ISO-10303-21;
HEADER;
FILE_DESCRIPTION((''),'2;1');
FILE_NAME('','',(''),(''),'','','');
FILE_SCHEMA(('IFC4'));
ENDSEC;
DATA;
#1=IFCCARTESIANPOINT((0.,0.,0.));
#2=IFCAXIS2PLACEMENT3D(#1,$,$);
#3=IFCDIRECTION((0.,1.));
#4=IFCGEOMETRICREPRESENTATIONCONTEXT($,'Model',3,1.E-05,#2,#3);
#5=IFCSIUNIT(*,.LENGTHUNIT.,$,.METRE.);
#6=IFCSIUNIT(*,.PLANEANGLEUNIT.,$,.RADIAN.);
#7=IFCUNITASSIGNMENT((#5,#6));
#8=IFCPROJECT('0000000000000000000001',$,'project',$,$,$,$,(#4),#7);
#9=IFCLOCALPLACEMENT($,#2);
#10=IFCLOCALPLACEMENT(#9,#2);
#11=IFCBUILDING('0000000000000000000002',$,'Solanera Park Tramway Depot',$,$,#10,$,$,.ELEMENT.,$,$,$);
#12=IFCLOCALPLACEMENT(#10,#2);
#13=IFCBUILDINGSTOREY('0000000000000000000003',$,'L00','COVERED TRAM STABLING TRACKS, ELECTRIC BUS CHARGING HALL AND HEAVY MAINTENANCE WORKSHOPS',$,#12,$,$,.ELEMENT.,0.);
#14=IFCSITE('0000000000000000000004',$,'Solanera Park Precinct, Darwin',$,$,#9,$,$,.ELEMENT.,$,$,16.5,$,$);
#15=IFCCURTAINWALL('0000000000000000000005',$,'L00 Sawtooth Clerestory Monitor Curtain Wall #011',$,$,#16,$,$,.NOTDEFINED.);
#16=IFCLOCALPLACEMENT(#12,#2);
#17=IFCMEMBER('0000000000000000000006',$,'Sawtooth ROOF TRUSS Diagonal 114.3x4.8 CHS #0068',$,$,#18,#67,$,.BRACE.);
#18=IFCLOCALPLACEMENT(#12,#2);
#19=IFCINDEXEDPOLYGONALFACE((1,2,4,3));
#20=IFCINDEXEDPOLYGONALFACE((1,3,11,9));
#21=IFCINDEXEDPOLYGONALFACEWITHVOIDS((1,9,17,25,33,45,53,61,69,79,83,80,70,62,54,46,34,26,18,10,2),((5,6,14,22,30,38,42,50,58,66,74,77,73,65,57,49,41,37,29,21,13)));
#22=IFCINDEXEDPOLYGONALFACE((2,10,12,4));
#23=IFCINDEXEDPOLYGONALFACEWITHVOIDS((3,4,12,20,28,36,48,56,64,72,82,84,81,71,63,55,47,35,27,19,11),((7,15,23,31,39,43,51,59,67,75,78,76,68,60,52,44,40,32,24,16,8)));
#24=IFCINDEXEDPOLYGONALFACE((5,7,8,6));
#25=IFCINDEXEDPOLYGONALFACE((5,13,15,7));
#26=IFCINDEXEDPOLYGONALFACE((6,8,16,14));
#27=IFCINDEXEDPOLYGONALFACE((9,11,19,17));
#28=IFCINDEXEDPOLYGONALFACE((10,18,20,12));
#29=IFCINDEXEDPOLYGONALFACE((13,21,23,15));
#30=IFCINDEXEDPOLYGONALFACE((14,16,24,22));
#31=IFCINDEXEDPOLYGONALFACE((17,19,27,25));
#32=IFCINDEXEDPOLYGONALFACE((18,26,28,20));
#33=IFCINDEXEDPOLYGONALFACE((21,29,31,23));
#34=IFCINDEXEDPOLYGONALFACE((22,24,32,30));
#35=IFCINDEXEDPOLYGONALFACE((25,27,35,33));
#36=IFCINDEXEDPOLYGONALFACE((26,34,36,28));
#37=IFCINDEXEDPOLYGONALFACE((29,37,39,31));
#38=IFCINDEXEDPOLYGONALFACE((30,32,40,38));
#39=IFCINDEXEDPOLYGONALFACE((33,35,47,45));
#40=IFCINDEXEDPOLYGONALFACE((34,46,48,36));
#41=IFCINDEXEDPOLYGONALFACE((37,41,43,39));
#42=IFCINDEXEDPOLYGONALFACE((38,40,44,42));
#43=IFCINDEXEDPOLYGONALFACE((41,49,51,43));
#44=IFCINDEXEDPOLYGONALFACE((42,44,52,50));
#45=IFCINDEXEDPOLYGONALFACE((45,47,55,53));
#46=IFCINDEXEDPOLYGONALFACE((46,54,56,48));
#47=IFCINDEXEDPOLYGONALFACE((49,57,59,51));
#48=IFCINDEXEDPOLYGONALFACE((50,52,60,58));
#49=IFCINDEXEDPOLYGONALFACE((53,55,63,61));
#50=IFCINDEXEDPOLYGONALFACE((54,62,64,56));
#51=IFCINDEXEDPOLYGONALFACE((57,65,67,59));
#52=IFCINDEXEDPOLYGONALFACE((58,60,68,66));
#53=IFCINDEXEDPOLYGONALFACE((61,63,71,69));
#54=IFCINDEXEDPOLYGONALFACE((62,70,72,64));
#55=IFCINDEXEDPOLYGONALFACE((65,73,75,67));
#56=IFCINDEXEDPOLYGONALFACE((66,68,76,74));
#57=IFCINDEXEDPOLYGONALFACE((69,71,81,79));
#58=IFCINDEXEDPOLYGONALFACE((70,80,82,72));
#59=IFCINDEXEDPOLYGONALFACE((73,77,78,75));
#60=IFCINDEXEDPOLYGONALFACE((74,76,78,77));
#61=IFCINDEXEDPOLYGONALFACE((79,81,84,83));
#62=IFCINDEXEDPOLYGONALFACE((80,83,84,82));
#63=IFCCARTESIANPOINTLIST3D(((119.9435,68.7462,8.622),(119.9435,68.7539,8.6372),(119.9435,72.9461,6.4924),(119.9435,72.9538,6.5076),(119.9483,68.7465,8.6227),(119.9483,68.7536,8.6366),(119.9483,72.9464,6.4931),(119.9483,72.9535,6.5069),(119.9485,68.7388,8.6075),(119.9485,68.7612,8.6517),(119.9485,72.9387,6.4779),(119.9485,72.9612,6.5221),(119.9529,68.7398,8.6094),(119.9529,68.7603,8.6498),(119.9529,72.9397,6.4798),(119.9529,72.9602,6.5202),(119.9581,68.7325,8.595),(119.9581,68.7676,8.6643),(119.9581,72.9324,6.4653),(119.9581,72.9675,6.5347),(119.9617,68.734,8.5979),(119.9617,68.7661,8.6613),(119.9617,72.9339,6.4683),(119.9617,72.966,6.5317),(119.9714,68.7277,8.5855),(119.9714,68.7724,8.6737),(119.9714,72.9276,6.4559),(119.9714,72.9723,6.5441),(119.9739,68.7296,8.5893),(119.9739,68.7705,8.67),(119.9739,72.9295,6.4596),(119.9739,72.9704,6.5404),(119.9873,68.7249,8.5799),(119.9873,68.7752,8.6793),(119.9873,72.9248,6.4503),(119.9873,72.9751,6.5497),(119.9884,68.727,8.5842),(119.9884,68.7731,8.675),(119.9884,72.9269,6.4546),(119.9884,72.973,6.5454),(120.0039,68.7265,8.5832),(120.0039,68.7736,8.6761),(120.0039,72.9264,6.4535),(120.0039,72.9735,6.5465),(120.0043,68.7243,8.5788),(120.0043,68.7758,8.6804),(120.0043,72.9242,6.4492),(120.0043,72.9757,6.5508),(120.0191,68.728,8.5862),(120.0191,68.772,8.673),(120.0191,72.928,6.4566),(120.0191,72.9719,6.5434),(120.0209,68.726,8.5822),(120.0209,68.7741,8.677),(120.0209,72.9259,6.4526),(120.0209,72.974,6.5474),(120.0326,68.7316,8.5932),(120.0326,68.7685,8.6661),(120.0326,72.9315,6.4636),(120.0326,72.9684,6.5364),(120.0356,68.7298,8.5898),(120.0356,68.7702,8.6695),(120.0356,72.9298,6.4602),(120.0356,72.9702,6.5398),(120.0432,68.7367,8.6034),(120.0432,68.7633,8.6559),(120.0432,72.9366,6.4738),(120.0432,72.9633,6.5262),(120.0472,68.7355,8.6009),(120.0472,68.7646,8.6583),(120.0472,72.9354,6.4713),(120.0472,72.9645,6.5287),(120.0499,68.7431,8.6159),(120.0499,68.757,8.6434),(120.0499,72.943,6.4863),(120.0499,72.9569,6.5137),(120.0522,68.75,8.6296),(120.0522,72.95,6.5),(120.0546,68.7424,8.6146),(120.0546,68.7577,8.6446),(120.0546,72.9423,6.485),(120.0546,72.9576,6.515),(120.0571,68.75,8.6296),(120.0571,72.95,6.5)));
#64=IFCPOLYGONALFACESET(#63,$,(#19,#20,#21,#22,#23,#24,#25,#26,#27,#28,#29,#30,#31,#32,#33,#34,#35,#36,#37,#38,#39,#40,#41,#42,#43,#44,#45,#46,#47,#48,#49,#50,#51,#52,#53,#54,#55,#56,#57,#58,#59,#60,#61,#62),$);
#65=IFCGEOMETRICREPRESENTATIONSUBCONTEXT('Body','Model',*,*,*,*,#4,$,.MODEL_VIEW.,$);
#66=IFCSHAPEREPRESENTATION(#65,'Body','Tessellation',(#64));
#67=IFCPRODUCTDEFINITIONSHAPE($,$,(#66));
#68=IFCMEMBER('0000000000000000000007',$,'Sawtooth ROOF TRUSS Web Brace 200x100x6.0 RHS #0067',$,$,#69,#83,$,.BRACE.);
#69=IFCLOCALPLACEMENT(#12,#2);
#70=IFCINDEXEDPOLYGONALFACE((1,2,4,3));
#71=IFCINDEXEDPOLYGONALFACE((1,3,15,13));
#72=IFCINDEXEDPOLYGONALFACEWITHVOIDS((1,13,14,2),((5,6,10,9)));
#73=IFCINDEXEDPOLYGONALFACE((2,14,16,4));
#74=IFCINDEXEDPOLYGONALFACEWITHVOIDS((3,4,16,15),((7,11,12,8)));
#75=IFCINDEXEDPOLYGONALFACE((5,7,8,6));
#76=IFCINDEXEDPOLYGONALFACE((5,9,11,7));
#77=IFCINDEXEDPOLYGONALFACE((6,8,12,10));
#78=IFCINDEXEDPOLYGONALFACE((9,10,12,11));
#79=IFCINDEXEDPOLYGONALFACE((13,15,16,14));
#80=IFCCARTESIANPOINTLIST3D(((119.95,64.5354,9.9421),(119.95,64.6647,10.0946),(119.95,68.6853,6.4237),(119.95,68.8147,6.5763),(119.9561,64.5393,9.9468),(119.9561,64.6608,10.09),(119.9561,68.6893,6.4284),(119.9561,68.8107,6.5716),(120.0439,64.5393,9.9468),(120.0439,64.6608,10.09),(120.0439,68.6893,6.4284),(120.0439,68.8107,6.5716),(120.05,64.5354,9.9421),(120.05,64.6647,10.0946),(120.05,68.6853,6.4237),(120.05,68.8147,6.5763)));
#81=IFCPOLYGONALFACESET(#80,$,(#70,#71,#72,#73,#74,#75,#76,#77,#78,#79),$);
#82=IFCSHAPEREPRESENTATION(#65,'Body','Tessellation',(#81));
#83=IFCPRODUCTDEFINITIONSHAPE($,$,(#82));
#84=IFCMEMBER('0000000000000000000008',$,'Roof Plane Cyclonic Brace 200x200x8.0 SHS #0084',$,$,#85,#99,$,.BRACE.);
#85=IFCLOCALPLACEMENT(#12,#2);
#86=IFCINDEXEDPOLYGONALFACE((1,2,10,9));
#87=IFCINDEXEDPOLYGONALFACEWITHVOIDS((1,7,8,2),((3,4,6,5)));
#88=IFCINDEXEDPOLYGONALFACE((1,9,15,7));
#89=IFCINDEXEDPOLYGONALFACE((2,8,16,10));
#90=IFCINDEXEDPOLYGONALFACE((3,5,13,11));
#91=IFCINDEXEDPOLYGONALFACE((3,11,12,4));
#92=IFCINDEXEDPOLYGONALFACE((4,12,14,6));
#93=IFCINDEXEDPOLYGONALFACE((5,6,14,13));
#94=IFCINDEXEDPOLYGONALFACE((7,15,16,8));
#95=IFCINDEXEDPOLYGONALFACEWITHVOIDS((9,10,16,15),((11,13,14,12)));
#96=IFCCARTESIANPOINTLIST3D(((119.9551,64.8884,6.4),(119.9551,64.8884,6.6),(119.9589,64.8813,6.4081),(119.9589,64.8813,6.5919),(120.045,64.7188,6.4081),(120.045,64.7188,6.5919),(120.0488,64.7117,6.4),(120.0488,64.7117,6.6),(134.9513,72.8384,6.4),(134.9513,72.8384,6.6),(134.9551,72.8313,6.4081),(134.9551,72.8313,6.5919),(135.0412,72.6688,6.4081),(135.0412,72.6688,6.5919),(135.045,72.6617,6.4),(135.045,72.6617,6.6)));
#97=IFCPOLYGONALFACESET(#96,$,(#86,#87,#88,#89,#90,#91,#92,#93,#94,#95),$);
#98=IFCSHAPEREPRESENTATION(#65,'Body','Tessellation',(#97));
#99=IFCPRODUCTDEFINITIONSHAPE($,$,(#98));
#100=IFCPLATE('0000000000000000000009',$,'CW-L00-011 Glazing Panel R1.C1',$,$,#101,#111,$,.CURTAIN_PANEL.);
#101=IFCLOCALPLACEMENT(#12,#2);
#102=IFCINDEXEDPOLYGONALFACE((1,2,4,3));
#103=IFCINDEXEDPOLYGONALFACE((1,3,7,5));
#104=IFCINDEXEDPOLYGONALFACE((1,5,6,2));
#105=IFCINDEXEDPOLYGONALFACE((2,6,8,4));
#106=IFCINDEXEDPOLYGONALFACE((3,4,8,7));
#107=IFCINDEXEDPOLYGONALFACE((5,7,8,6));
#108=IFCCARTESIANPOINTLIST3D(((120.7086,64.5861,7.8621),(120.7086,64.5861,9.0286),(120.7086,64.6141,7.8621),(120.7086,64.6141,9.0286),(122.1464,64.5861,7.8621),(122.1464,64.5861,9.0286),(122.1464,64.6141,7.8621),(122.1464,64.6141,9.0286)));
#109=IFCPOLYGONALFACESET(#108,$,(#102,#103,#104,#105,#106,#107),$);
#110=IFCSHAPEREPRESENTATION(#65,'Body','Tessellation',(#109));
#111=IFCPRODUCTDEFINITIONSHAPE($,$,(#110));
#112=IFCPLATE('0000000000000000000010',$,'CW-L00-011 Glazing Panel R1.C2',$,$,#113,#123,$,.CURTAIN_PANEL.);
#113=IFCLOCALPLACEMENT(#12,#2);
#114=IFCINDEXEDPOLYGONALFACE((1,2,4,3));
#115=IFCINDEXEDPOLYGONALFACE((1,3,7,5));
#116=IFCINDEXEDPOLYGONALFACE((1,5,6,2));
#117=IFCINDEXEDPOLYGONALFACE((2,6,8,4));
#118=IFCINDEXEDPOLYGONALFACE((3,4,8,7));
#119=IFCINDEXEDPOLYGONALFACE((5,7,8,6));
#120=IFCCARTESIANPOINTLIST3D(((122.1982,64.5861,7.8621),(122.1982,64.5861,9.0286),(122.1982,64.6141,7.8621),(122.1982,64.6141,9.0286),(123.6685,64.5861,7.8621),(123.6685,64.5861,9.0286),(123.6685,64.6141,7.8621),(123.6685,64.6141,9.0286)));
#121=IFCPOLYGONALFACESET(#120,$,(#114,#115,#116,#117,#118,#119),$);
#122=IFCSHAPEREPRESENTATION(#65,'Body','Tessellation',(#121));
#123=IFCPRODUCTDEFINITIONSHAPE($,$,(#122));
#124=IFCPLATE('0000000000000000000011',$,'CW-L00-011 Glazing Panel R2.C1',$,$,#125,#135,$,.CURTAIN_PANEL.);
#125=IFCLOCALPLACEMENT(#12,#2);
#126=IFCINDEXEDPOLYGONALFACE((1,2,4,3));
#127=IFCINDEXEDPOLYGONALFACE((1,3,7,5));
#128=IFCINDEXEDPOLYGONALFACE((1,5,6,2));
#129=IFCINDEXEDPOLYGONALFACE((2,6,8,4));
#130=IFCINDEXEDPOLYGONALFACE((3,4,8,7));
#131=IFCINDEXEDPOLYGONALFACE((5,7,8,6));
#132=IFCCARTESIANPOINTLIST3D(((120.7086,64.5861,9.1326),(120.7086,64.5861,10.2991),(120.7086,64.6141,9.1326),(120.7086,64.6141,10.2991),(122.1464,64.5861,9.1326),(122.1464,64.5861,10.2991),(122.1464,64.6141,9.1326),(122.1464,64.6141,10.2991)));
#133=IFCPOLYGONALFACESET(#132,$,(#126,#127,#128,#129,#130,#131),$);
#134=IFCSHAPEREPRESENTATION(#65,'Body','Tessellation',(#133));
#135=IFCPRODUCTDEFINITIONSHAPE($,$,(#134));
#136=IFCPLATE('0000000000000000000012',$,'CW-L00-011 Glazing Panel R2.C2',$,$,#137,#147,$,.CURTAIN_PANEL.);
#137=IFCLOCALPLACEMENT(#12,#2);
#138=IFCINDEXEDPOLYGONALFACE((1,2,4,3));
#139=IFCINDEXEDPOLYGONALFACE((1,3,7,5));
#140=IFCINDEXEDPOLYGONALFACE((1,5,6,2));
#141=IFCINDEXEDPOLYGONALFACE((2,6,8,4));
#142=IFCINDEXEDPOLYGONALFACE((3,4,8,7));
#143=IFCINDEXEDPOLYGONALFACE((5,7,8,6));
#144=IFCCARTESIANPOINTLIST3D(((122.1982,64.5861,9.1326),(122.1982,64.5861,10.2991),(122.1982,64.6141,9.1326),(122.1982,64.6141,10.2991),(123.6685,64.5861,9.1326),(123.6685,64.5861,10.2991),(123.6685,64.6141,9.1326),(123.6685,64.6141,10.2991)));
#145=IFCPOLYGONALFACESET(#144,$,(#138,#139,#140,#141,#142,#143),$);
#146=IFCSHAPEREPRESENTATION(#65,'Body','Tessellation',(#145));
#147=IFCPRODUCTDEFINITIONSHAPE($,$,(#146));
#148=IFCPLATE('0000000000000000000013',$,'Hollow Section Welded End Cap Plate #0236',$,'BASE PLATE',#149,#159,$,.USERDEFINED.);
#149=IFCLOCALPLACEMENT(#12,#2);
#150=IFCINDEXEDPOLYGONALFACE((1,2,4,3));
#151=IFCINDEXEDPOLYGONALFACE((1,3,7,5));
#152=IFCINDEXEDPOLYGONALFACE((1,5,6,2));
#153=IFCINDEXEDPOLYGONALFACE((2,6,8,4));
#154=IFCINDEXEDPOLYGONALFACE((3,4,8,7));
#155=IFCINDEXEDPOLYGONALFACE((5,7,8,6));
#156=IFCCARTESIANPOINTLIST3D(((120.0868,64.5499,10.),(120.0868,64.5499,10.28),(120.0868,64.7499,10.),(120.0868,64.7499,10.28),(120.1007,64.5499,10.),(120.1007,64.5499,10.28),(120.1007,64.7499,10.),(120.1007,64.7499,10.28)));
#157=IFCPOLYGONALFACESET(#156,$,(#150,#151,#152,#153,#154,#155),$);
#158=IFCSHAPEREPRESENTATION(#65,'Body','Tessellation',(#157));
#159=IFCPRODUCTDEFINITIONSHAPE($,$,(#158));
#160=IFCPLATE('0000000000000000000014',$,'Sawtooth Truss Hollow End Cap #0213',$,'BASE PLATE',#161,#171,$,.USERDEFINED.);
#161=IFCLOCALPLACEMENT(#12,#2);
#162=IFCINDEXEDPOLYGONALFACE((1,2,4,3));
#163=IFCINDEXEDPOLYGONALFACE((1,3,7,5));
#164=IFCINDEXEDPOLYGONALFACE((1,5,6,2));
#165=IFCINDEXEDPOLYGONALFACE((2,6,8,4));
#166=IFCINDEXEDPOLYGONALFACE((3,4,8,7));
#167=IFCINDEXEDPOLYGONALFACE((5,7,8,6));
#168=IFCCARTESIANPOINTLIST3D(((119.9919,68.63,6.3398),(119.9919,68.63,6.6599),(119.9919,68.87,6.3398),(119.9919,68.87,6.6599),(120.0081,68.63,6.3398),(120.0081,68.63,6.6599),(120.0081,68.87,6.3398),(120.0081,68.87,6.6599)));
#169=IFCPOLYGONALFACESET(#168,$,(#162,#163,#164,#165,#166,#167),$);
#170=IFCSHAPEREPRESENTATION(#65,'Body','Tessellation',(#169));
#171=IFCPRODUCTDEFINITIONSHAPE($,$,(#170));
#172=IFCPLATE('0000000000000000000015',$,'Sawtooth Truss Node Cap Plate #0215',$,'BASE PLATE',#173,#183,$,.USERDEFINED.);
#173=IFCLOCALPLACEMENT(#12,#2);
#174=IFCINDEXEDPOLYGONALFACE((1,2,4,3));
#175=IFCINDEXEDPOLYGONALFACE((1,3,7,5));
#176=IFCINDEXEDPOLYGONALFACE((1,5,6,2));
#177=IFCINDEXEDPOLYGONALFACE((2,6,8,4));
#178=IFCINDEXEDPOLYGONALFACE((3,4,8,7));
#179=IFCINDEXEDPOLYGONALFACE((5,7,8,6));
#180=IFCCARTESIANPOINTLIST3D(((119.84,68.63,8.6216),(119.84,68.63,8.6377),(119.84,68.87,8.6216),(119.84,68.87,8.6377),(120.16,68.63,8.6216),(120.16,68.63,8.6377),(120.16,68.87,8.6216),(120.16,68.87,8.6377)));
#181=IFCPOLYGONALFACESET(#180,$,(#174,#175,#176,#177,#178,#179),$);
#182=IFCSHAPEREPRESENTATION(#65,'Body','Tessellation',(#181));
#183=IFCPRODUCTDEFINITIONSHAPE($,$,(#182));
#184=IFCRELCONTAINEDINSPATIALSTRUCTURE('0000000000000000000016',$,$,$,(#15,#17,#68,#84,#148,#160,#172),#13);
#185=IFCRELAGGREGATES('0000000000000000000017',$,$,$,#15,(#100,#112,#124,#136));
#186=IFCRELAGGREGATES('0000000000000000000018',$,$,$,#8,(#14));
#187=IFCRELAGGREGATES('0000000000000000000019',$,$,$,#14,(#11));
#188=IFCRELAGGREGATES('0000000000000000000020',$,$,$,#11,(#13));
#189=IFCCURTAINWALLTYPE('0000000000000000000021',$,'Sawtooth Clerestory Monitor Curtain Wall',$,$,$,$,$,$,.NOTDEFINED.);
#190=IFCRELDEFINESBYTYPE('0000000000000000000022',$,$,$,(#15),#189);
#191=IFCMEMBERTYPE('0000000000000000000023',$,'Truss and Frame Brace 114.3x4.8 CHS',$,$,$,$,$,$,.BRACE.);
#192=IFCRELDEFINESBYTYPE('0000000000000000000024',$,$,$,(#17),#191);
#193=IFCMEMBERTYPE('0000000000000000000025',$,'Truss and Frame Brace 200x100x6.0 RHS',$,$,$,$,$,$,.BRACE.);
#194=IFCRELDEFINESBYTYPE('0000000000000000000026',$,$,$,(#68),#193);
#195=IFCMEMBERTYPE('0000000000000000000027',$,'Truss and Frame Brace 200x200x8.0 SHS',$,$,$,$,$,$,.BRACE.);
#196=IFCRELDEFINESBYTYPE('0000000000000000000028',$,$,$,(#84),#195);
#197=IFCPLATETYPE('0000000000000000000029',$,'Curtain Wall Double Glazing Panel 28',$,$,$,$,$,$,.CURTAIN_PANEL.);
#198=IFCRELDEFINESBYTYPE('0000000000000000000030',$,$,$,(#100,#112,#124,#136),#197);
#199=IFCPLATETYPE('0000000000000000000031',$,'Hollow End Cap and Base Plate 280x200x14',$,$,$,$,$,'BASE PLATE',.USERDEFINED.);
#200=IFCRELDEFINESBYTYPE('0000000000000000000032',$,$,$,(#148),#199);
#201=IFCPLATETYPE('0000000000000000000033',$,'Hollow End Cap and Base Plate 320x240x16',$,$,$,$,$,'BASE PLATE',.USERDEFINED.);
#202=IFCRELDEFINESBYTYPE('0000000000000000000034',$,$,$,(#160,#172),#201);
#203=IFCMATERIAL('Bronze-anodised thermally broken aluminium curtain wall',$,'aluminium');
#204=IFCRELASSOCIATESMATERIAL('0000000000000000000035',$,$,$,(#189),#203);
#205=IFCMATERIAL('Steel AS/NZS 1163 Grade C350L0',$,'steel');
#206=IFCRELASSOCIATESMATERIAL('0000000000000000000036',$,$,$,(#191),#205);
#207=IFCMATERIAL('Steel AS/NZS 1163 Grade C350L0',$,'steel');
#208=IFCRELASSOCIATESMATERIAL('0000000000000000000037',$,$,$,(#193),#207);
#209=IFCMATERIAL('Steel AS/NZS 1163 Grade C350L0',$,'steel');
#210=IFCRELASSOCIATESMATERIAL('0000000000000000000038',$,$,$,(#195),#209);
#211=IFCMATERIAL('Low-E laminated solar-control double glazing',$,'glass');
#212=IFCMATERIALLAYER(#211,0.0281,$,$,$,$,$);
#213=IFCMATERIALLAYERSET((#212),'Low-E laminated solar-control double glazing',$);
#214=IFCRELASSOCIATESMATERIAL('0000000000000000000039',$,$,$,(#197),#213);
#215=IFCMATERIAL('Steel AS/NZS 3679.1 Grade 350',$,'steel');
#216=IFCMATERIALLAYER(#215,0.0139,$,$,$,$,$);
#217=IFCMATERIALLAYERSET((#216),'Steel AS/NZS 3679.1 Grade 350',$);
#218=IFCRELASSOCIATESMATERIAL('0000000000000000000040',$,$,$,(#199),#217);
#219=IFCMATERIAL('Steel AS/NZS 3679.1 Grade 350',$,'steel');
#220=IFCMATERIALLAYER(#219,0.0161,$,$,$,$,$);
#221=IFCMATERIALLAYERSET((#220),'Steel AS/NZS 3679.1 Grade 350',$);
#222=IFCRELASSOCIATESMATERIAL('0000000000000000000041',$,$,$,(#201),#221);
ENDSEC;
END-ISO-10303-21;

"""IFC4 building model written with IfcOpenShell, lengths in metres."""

from ifc_helpers import new_model, si_unit, direction, frame, origin, origin_2d, place, context, subcontext, project, spatial, rectangle, hollow_rectangle, hollow_circle, extrude, material, layer, layer_set, material_profile, profile_set, type_object, element, aggregate, save


model = new_model("IFC4")

# Units and contexts
model_context = context("Model", 3, precision=1e-05, world=origin(), true_north=direction((0.0, 1.0)))
body_context = subcontext(model_context, "Body", "Model", "MODEL_VIEW")
ifc_project = project(units=[si_unit("LENGTHUNIT", "METRE"), si_unit("PLANEANGLEUNIT", "RADIAN")], contexts=[model_context])

# Site, building, storey
site_placement = place(None, origin())
site = spatial("IfcSite", under=ifc_project, at=site_placement, Name="Solanera Park Precinct, Darwin", CompositionType="ELEMENT", RefElevation=16.5)
building_placement = place(site_placement, origin())
building = spatial("IfcBuilding", under=site, at=building_placement, Name="Solanera Park Tramway Depot", CompositionType="ELEMENT")
storey_placement = place(building_placement, origin())
storey = spatial("IfcBuildingStorey", under=building, at=storey_placement, Name="L00", Description="COVERED TRAM STABLING TRACKS, ELECTRIC BUS CHARGING HALL AND HEAVY MAINTENANCE WORKSHOPS", CompositionType="ELEMENT", Elevation=0.0)

# Curtain wall
ifc_material_1 = material(Name="Bronze-anodised thermally broken aluminium curtain wall", Category="aluminium")
curtain_wall_type = type_object("IfcCurtainWallType", Name="Sawtooth Clerestory Monitor Curtain Wall", PredefinedType="NOTDEFINED", material=ifc_material_1)
curtain_wall_placement = place(storey_placement, origin())
curtain_wall = element("IfcCurtainWall", 1, at=curtain_wall_placement, inside=storey, type_object=curtain_wall_type, Name="L00 Sawtooth Clerestory Monitor Curtain Wall #011", PredefinedType="NOTDEFINED")

# Members
ifc_material_2 = material(Name="Steel AS/NZS 1163 Grade C350L0", Category="steel")
ifc_material_profile_1 = material_profile(ifc_material_2, hollow_circle(Radius=0.0571, WallThickness=0.0049, at=origin_2d()), Name="114.3x4.8 CHS")
ifc_profile_set_1 = profile_set([ifc_material_profile_1], Name="Steel AS/NZS 1163 Grade C350L0")
member_type_1 = type_object("IfcMemberType", Name="Truss and Frame Brace 114.3x4.8 CHS", PredefinedType="BRACE", material=ifc_profile_set_1)
member_1_placement = place(storey_placement, frame((120.0, 72.95, 6.5), z_axis=(0.0, -0.891893, 0.452246), x_axis=(1.0, 0.0, 0.0)))
element("IfcMember", 2, at=member_1_placement, inside=storey, type_object=member_type_1, Name="Sawtooth ROOF TRUSS Diagonal 114.3x4.8 CHS #0068", PredefinedType="BRACE", context=body_context, shape_type="SweptSolid", body=[
    extrude(hollow_circle(Radius=0.0571, WallThickness=0.0049, at=origin_2d()), origin(), (0.0, 0.0, 1.0), 4.709),
])
ifc_material_3 = material(Name="Steel AS/NZS 1163 Grade C350L0", Category="steel")
ifc_material_profile_2 = material_profile(ifc_material_3, hollow_rectangle(XDim=0.1001, YDim=0.2, WallThickness=0.0061, at=origin_2d()), Name="200x100x6.0 RHS")
ifc_profile_set_2 = profile_set([ifc_material_profile_2], Name="Steel AS/NZS 1163 Grade C350L0")
member_type_2 = type_object("IfcMemberType", Name="Truss and Frame Brace 200x100x6.0 RHS", PredefinedType="BRACE", material=ifc_profile_set_2)
member_2_placement = place(storey_placement, frame((120.0, 68.75, 6.5), z_axis=(0.0, -0.762765, 0.646676), x_axis=(1.0, 0.0, 0.0)))
element("IfcMember", 3, at=member_2_placement, inside=storey, type_object=member_type_2, Name="Sawtooth ROOF TRUSS Web Brace 200x100x6.0 RHS #0067", PredefinedType="BRACE", context=body_context, shape_type="SweptSolid", body=[
    extrude(hollow_rectangle(XDim=0.1001, YDim=0.2, WallThickness=0.0061, at=origin_2d()), origin(), (0.0, 0.0, 1.0), 5.4407),
])
ifc_material_4 = material(Name="Steel AS/NZS 1163 Grade C350L0", Category="steel")
ifc_material_profile_3 = material_profile(ifc_material_4, hollow_rectangle(XDim=0.2, YDim=0.2, WallThickness=0.0081, at=origin_2d()), Name="200x200x8.0 SHS")
ifc_profile_set_3 = profile_set([ifc_material_profile_3], Name="Steel AS/NZS 1163 Grade C350L0")
member_type_3 = type_object("IfcMemberType", Name="Truss and Frame Brace 200x200x8.0 SHS", PredefinedType="BRACE", material=ifc_profile_set_3)
member_3_placement = place(storey_placement, frame((120.002, 64.8, 6.5), z_axis=(0.883524, 0.468387, 0.0), x_axis=(-0.468387, 0.883524, 0.0)))
element("IfcMember", 4, at=member_3_placement, inside=storey, type_object=member_type_3, Name="Roof Plane Cyclonic Brace 200x200x8.0 SHS #0084", PredefinedType="BRACE", context=body_context, shape_type="SweptSolid", body=[
    extrude(hollow_rectangle(XDim=0.2, YDim=0.2, WallThickness=0.0081, at=origin_2d()), origin(), (0.0, 0.0, 1.0), 16.9731),
])

# Plates
ifc_material_5 = material(Name="Low-E laminated solar-control double glazing", Category="glass")
ifc_layer_1 = layer(ifc_material_5, 0.0281)
ifc_layer_set_1 = layer_set([ifc_layer_1], Name="Low-E laminated solar-control double glazing")
plate_type_1 = type_object("IfcPlateType", Name="Curtain Wall Double Glazing Panel 28", PredefinedType="CURTAIN_PANEL", material=ifc_layer_set_1)
plate_1_placement = place(storey_placement, frame((121.4275, 64.6001, 7.8621), z_axis=(0.0, 0.0, 1.0), x_axis=(1.0, 0.0, 0.0)))
plate_1 = element("IfcPlate", 5, at=plate_1_placement, type_object=plate_type_1, Name="CW-L00-011 Glazing Panel R1.C1", PredefinedType="CURTAIN_PANEL", context=body_context, shape_type="SweptSolid", body=[
    extrude(rectangle(XDim=1.4377, YDim=0.0281, at=origin_2d()), origin(), (0.0, 0.0, 1.0), 1.1665),
])
plate_2_placement = place(storey_placement, frame((122.9333, 64.6001, 7.8621), z_axis=(0.0, 0.0, 1.0), x_axis=(1.0, 0.0, 0.0)))
plate_2 = element("IfcPlate", 6, at=plate_2_placement, type_object=plate_type_1, Name="CW-L00-011 Glazing Panel R1.C2", PredefinedType="CURTAIN_PANEL", context=body_context, shape_type="SweptSolid", body=[
    extrude(rectangle(XDim=1.4702, YDim=0.0281, at=origin_2d()), origin(), (0.0, 0.0, 1.0), 1.1665),
])
plate_3_placement = place(storey_placement, frame((121.4275, 64.6001, 9.1326), z_axis=(0.0, 0.0, 1.0), x_axis=(1.0, 0.0, 0.0)))
plate_3 = element("IfcPlate", 7, at=plate_3_placement, type_object=plate_type_1, Name="CW-L00-011 Glazing Panel R2.C1", PredefinedType="CURTAIN_PANEL", context=body_context, shape_type="SweptSolid", body=[
    extrude(rectangle(XDim=1.4377, YDim=0.0281, at=origin_2d()), origin(), (0.0, 0.0, 1.0), 1.1665),
])
plate_4_placement = place(storey_placement, frame((122.9333, 64.6001, 9.1326), z_axis=(0.0, 0.0, 1.0), x_axis=(1.0, 0.0, 0.0)))
plate_4 = element("IfcPlate", 8, at=plate_4_placement, type_object=plate_type_1, Name="CW-L00-011 Glazing Panel R2.C2", PredefinedType="CURTAIN_PANEL", context=body_context, shape_type="SweptSolid", body=[
    extrude(rectangle(XDim=1.4702, YDim=0.0281, at=origin_2d()), origin(), (0.0, 0.0, 1.0), 1.1665),
])
aggregate(curtain_wall, [plate_1, plate_2, plate_3, plate_4])

# Plates
ifc_material_6 = material(Name="Steel AS/NZS 3679.1 Grade 350", Category="steel")
ifc_layer_2 = layer(ifc_material_6, 0.0139)
ifc_layer_set_2 = layer_set([ifc_layer_2], Name="Steel AS/NZS 3679.1 Grade 350")
plate_type_2 = type_object("IfcPlateType", Name="Hollow End Cap and Base Plate 280x200x14", ElementType="BASE PLATE", PredefinedType="USERDEFINED", material=ifc_layer_set_2)
plate_5_placement = place(storey_placement, frame((120.0938, 64.6499, 10.0), z_axis=(0.0, 0.0, 1.0), x_axis=(1.0, 0.0, 0.0)))
element("IfcPlate", 9, at=plate_5_placement, inside=storey, type_object=plate_type_2, Name="Hollow Section Welded End Cap Plate #0236", ObjectType="BASE PLATE", PredefinedType="USERDEFINED", context=body_context, shape_type="SweptSolid", body=[
    extrude(rectangle(XDim=0.0139, YDim=0.2, at=origin_2d()), origin(), (0.0, 0.0, 1.0), 0.28),
])
ifc_material_7 = material(Name="Steel AS/NZS 3679.1 Grade 350", Category="steel")
ifc_layer_3 = layer(ifc_material_7, 0.0161)
ifc_layer_set_3 = layer_set([ifc_layer_3], Name="Steel AS/NZS 3679.1 Grade 350")
plate_type_3 = type_object("IfcPlateType", Name="Hollow End Cap and Base Plate 320x240x16", ElementType="BASE PLATE", PredefinedType="USERDEFINED", material=ifc_layer_set_3)
plate_6_placement = place(storey_placement, frame((120.0, 68.75, 6.3398), z_axis=(0.0, 0.0, 1.0), x_axis=(1.0, 0.0, 0.0)))
element("IfcPlate", 10, at=plate_6_placement, inside=storey, type_object=plate_type_3, Name="Sawtooth Truss Hollow End Cap #0213", ObjectType="BASE PLATE", PredefinedType="USERDEFINED", context=body_context, shape_type="SweptSolid", body=[
    extrude(rectangle(XDim=0.0161, YDim=0.24, at=origin_2d()), origin(), (0.0, 0.0, 1.0), 0.3201),
])
for number, where, z_axis, x_axis, name in (
    (11, (120.0, 68.75, 8.6216), (0.0, 0.0, 1.0), (1.0, 0.0, 0.0), "Sawtooth Truss Node Cap Plate #0215"),
):
    element("IfcPlate", number, at=place(storey_placement, frame(where, z_axis=z_axis, x_axis=x_axis)), inside=storey, type_object=plate_type_3, Name=name, ObjectType="BASE PLATE", PredefinedType="USERDEFINED", context=body_context, shape_type="SweptSolid", body=[
        extrude(rectangle(XDim=0.3201, YDim=0.24, at=origin_2d()), origin(), (0.0, 0.0, 1.0), 0.0161),
    ])

save(model, "model.ifc")
